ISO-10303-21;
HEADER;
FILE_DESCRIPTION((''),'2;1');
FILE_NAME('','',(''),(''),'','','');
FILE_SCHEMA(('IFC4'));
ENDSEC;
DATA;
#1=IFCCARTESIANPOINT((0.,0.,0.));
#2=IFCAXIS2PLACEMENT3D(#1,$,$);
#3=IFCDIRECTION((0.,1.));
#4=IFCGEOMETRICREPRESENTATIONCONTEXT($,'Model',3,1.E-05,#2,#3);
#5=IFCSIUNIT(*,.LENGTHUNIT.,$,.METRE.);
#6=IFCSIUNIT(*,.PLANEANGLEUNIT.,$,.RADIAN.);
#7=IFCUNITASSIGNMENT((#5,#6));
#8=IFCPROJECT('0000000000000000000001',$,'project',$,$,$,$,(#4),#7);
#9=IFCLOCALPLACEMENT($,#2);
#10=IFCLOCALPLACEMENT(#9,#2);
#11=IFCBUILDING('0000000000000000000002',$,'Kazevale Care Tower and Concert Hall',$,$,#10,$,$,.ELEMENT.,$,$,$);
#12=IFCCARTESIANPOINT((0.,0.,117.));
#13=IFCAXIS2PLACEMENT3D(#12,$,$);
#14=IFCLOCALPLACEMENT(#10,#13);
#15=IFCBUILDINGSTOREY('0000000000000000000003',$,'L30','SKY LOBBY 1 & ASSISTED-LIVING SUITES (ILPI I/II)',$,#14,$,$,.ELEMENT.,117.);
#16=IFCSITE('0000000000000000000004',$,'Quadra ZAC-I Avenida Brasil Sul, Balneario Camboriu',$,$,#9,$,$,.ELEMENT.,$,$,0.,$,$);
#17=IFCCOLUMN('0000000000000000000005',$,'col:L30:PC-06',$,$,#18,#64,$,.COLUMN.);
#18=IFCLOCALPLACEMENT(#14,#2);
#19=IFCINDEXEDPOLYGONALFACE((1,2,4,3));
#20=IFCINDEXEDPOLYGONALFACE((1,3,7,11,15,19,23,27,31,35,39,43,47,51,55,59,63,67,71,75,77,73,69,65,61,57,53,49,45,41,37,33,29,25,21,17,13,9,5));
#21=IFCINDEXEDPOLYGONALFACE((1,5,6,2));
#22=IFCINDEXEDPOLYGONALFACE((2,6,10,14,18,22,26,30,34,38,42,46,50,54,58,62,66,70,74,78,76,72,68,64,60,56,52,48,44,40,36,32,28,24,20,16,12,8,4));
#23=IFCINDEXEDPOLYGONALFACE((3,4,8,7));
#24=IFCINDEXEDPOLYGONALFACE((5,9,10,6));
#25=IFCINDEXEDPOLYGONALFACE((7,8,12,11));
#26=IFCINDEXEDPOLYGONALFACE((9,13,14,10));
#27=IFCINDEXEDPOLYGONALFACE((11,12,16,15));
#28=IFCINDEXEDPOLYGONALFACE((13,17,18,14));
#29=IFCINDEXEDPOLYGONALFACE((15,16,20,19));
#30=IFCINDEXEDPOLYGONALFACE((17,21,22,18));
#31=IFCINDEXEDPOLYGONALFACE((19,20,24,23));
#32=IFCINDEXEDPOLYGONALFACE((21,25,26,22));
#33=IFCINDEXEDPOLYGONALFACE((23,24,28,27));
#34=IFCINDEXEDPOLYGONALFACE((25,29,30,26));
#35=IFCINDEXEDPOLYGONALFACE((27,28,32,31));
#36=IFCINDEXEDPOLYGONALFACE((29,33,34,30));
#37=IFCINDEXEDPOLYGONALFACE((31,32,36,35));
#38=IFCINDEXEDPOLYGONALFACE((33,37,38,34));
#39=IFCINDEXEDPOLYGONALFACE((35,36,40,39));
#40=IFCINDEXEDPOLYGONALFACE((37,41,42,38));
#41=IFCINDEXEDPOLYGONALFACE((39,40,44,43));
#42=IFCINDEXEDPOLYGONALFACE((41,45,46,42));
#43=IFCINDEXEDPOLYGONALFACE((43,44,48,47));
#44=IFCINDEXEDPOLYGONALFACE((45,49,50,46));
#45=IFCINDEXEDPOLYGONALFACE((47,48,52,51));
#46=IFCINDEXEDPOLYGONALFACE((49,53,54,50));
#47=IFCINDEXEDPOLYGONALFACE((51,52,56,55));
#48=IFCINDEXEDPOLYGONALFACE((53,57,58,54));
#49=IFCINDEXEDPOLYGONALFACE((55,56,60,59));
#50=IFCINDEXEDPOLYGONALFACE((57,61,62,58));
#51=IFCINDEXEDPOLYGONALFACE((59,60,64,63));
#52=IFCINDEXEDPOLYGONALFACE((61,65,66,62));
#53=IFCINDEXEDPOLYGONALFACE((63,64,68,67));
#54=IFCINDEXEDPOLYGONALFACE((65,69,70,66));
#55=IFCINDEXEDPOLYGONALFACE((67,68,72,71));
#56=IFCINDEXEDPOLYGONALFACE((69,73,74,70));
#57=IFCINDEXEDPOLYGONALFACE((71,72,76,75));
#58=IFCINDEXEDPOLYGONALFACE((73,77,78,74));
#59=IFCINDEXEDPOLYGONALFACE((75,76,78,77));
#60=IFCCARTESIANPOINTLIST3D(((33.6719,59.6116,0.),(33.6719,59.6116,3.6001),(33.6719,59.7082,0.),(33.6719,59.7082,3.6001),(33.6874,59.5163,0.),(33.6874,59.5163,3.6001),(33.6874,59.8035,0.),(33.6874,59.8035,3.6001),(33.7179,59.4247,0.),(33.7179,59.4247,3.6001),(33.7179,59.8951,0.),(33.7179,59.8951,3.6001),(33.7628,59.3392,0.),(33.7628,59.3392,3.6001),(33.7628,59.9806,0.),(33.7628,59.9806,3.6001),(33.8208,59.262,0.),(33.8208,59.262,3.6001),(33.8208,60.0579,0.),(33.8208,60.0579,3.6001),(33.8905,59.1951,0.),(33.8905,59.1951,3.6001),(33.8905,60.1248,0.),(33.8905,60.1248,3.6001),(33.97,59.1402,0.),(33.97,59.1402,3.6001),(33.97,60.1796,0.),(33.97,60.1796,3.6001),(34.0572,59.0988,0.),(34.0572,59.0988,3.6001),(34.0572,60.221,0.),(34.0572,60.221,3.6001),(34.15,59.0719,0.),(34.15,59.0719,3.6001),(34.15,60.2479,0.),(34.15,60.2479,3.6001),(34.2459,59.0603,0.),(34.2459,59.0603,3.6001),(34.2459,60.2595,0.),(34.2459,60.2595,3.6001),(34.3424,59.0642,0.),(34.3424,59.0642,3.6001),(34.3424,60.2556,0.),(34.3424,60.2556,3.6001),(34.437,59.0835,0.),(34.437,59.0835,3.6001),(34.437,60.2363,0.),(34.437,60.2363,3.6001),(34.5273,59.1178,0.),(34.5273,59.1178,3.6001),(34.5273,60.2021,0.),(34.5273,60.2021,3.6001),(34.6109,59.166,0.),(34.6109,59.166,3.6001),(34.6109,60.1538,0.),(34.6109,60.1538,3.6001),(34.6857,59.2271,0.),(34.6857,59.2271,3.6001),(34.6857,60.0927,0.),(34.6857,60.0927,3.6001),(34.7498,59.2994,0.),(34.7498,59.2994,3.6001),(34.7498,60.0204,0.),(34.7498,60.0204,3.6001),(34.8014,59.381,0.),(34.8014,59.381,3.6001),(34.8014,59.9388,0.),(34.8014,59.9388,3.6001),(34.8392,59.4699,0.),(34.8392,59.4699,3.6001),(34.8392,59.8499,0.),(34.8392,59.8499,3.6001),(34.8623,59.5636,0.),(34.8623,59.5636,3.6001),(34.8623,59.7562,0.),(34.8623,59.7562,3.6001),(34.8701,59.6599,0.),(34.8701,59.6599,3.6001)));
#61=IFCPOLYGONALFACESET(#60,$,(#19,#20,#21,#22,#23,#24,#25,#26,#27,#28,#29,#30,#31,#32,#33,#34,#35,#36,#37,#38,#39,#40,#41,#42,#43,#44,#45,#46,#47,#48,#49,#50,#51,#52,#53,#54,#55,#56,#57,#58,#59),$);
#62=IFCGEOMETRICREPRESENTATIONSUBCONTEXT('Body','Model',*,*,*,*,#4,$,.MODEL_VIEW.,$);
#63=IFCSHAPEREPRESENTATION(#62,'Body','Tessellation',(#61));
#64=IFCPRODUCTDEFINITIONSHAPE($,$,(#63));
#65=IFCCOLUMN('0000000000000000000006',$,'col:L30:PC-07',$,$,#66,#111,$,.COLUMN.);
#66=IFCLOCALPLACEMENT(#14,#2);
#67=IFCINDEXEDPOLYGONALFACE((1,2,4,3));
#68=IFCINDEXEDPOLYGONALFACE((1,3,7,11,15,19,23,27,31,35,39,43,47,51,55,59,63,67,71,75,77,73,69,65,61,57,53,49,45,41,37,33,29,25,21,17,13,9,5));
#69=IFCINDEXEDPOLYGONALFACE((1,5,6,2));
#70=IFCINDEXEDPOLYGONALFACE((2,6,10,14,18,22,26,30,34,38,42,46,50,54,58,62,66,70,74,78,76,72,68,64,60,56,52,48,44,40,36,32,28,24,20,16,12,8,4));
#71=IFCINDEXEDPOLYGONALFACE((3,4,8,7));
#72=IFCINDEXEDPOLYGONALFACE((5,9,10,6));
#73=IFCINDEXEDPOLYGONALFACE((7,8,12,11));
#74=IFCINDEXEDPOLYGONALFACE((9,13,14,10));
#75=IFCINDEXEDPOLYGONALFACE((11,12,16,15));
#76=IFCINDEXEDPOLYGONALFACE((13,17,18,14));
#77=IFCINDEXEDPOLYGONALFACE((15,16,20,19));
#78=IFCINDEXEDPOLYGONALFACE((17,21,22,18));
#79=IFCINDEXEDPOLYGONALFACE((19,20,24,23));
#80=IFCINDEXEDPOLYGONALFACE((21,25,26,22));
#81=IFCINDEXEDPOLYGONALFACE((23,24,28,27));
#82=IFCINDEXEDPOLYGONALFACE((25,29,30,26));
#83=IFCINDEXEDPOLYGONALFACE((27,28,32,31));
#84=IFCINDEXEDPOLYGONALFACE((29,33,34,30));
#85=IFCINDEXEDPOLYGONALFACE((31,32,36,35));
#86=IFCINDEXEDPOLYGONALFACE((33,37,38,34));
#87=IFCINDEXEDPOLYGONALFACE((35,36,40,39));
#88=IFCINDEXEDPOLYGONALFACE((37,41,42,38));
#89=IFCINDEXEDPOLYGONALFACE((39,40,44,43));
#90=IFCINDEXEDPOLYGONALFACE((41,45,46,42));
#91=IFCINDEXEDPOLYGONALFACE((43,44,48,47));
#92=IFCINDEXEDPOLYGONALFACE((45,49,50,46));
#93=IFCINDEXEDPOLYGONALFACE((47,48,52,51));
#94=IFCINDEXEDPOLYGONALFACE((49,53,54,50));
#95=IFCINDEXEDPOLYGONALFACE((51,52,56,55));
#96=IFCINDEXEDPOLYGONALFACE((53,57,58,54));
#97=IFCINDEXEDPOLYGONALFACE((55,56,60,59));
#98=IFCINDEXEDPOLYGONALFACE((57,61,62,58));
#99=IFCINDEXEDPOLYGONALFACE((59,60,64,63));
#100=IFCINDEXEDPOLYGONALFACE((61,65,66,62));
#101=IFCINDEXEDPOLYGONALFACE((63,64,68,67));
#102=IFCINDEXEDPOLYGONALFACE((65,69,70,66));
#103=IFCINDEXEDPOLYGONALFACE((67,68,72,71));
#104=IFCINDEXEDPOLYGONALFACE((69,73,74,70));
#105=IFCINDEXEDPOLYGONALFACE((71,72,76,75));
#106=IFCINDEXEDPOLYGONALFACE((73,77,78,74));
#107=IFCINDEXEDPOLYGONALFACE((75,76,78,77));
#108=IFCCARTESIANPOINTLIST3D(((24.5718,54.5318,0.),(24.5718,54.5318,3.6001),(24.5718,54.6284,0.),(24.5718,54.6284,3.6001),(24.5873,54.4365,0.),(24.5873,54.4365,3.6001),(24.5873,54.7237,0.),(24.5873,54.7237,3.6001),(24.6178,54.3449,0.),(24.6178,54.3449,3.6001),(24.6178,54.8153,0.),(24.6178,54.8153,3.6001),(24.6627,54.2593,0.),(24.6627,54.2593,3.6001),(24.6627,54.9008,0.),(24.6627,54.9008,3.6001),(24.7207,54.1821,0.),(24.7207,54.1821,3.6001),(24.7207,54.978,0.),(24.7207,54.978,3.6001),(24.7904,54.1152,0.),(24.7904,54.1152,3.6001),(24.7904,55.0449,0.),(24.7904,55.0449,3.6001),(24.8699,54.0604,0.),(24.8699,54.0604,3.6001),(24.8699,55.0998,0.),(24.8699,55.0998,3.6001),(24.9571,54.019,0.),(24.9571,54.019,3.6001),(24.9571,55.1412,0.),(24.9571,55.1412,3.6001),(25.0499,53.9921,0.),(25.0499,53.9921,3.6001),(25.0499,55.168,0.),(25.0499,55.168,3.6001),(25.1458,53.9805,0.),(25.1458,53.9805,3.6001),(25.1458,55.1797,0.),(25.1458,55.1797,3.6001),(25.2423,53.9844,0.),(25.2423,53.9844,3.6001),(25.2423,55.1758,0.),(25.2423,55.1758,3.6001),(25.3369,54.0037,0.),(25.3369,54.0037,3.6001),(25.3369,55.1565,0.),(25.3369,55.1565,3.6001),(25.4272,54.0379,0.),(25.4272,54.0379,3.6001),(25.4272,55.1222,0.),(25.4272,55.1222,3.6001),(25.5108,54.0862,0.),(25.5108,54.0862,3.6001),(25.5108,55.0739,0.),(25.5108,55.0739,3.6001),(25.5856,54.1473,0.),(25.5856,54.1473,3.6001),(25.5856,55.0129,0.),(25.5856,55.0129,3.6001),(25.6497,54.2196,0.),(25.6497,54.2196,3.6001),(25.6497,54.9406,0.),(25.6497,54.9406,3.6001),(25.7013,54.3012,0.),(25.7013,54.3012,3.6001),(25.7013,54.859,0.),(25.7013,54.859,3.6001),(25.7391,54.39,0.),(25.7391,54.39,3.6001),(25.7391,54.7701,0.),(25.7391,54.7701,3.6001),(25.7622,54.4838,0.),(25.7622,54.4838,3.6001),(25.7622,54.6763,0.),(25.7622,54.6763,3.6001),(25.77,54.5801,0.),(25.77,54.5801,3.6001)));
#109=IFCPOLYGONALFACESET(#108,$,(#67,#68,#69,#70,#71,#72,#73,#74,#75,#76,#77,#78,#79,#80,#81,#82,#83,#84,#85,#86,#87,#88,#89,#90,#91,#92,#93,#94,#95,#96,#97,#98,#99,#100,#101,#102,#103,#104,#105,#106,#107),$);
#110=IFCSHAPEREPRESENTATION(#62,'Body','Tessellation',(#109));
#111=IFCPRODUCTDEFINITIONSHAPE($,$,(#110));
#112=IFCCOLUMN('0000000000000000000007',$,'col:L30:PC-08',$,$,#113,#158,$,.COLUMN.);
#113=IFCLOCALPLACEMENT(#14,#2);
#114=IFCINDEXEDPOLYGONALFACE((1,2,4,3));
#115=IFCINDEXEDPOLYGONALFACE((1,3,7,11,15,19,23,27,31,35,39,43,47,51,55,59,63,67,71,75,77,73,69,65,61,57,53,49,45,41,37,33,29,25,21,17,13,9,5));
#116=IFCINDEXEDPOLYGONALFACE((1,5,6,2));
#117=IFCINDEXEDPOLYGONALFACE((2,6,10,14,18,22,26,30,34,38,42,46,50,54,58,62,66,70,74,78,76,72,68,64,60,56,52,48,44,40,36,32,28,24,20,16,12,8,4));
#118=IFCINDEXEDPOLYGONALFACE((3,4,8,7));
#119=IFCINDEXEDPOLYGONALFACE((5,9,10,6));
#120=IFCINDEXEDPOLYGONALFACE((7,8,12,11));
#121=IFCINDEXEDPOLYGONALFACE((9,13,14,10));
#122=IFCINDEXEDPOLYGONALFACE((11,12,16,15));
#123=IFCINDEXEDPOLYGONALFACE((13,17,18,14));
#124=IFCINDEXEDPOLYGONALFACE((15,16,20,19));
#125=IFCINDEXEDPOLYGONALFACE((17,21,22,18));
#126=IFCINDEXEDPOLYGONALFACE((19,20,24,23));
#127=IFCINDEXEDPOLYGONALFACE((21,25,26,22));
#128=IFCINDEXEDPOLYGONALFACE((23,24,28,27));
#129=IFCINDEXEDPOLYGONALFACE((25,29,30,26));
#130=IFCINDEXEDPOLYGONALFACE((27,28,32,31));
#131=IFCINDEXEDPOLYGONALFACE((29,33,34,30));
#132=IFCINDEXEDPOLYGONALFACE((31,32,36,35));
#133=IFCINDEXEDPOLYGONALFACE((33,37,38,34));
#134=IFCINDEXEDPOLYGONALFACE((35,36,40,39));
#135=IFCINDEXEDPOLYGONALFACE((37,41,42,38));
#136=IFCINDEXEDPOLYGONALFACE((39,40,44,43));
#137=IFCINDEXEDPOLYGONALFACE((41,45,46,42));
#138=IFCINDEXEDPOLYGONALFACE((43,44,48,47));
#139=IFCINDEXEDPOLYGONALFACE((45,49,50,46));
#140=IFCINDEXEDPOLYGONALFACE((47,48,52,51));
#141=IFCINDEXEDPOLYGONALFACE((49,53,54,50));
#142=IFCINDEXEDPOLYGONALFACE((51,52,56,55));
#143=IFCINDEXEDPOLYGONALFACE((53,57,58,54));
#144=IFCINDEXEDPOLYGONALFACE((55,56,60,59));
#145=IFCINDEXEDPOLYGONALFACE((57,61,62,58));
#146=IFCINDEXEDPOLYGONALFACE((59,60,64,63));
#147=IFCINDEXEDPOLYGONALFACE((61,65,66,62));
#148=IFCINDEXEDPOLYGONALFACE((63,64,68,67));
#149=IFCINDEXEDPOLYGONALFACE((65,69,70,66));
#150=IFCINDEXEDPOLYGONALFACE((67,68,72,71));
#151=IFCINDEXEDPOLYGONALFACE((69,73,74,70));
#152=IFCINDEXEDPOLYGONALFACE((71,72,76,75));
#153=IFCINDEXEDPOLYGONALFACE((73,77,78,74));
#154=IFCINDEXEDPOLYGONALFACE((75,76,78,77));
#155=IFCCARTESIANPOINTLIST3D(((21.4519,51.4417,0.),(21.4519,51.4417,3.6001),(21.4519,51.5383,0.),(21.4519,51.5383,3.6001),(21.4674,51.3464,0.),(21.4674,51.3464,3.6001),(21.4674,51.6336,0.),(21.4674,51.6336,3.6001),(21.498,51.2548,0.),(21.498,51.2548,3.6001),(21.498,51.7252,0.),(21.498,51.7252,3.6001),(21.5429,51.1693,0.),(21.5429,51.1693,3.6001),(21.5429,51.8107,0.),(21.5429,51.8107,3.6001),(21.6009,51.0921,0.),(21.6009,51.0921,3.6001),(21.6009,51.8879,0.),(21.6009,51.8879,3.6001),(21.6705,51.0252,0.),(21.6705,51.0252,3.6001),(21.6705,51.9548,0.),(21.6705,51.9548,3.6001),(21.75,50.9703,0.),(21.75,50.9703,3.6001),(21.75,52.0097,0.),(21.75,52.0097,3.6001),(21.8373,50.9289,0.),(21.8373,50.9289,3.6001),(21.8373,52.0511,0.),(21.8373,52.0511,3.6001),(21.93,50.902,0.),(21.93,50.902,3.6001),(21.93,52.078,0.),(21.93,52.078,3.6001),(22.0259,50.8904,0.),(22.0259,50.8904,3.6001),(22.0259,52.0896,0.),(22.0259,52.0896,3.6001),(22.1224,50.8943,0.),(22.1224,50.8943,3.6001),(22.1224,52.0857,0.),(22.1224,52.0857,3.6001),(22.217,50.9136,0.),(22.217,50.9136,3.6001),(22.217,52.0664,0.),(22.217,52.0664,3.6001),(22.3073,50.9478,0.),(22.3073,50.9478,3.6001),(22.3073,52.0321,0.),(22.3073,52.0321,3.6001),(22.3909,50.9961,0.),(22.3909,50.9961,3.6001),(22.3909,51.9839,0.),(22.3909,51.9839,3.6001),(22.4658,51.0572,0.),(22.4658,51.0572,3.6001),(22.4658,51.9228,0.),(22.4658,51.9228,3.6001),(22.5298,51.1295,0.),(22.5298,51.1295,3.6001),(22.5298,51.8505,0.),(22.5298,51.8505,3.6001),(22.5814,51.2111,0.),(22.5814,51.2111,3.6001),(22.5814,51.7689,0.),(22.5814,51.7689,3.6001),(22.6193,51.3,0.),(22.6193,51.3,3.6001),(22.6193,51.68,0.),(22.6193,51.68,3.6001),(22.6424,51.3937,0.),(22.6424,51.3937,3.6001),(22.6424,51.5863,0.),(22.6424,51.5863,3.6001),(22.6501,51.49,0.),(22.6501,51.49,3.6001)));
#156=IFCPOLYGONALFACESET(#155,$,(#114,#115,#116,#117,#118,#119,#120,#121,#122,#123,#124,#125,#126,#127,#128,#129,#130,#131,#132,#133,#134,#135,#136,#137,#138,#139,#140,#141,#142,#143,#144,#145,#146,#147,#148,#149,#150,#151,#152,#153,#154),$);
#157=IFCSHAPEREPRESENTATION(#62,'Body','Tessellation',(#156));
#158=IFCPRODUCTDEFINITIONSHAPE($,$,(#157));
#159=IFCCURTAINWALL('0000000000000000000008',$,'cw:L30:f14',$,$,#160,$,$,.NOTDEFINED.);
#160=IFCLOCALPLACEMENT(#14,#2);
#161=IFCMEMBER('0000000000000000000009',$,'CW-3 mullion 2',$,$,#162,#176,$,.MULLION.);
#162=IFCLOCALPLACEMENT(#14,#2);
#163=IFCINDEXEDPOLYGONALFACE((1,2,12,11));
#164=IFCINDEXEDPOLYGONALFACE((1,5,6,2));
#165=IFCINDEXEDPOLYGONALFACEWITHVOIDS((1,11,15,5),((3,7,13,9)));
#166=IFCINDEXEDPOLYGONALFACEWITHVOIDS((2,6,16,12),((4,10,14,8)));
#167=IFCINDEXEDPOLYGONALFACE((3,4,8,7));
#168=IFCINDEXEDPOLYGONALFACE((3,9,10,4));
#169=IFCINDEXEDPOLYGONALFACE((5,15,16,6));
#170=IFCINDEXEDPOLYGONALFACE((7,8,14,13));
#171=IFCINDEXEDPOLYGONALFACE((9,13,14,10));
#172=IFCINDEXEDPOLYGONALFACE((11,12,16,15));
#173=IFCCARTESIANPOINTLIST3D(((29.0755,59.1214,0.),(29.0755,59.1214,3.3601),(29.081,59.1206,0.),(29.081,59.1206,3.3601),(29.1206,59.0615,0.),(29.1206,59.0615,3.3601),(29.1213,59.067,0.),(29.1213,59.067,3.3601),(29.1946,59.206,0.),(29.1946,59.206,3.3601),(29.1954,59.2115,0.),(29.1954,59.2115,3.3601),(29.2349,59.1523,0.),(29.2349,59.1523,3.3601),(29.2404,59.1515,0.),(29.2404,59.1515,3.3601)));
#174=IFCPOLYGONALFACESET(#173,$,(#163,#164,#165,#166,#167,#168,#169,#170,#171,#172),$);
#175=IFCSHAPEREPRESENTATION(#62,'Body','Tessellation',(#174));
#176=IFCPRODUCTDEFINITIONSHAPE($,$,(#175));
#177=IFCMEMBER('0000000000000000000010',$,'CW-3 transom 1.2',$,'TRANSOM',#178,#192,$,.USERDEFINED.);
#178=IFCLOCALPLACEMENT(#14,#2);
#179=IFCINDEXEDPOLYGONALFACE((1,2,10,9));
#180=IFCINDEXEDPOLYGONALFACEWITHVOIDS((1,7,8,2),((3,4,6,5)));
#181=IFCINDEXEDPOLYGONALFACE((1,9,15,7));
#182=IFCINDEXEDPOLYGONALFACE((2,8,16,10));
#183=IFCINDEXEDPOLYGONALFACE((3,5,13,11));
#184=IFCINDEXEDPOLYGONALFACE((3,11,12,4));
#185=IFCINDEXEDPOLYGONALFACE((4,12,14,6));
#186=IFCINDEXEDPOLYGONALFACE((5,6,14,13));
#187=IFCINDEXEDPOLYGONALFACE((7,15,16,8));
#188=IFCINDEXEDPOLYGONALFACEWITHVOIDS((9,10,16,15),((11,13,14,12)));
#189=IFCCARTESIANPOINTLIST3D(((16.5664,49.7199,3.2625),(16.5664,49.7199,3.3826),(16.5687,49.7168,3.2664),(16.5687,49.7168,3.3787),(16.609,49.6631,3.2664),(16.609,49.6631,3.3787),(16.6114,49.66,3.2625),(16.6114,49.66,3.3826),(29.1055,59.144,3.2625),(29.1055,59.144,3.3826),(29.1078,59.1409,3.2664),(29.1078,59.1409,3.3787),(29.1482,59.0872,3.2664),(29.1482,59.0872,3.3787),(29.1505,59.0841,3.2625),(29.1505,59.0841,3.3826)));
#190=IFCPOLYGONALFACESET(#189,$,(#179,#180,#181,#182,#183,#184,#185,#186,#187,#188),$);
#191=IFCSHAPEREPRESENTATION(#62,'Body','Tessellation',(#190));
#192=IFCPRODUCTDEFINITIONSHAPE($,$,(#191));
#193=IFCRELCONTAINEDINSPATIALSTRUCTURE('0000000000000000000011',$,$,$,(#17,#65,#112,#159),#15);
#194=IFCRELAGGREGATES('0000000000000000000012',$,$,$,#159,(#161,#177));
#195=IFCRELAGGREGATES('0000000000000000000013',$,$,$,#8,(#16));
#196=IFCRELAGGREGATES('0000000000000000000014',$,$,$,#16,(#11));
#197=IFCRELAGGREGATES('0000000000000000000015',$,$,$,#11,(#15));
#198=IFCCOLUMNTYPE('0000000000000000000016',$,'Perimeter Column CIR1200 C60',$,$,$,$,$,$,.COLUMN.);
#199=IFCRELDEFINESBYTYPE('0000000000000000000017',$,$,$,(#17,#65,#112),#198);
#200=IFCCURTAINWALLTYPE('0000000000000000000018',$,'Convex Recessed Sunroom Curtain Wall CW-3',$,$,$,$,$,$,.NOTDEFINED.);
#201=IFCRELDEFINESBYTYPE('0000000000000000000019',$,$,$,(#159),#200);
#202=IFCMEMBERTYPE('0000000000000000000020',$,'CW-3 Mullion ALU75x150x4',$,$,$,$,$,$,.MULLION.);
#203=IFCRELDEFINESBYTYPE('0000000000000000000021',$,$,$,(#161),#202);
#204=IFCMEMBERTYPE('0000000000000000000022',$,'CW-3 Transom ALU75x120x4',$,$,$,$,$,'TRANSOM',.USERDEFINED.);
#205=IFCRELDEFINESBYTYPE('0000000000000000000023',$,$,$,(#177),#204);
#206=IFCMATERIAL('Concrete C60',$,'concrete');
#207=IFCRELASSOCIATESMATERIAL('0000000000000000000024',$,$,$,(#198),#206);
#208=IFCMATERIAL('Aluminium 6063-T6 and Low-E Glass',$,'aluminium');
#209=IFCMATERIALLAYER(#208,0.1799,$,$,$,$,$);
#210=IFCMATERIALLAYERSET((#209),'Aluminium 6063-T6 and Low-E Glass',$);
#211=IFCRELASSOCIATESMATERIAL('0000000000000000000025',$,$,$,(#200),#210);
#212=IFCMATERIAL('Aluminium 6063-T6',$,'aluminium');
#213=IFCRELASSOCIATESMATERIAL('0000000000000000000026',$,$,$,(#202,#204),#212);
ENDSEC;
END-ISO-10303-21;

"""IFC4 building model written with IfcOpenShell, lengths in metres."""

from ifc_helpers import new_model, si_unit, direction, frame, origin, origin_2d, place, context, subcontext, project, spatial, hollow_rectangle, circle, extrude, material, layer, layer_set, material_profile, profile_set, type_object, element, aggregate, save


model = new_model("IFC4")

# Units and contexts
model_context = context("Model", 3, precision=1e-05, world=origin(), true_north=direction((0.0, 1.0)))
body_context = subcontext(model_context, "Body", "Model", "MODEL_VIEW")
ifc_project = project(units=[si_unit("LENGTHUNIT", "METRE"), si_unit("PLANEANGLEUNIT", "RADIAN")], contexts=[model_context])

# Site, building, storey
site_placement = place(None, origin())
site = spatial("IfcSite", under=ifc_project, at=site_placement, Name="Quadra ZAC-I Avenida Brasil Sul, Balneario Camboriu", CompositionType="ELEMENT", RefElevation=0.0)
building_placement = place(site_placement, origin())
building = spatial("IfcBuilding", under=site, at=building_placement, Name="Kazevale Care Tower and Concert Hall", CompositionType="ELEMENT")
storey_placement = place(building_placement, frame((0.0, 0.0, 117.0)))
storey = spatial("IfcBuildingStorey", under=building, at=storey_placement, Name="L30", Description="SKY LOBBY 1 & ASSISTED-LIVING SUITES (ILPI I/II)", CompositionType="ELEMENT", Elevation=117.0)

# Columns
ifc_material_1 = material(Name="Concrete C60", Category="concrete")
ifc_material_profile_1 = material_profile(ifc_material_1, circle(Radius=0.6001, at=origin_2d()), Name="RC-CIR1200")
ifc_profile_set_1 = profile_set([ifc_material_profile_1], Name="Concrete C60")
column_type = type_object("IfcColumnType", Name="Perimeter Column CIR1200 C60", PredefinedType="COLUMN", material=ifc_profile_set_1)
for number, where, z_axis, x_axis, name in (
    (1, (34.27, 59.6599, 0.0), (0.0, 0.0, 1.0), (1.0, 0.0, 0.0), "col:L30:PC-06"),
    (2, (25.1699, 54.5801, 0.0), (0.0, 0.0, 1.0), (1.0, 0.0, 0.0), "col:L30:PC-07"),
    (3, (22.05, 51.49, 0.0), (0.0, 0.0, 1.0), (1.0, 0.0, 0.0), "col:L30:PC-08"),
):
    element("IfcColumn", number, at=place(storey_placement, frame(where, z_axis=z_axis, x_axis=x_axis)), inside=storey, type_object=column_type, Name=name, PredefinedType="COLUMN", context=body_context, shape_type="SweptSolid", body=[
        extrude(circle(Radius=0.6001, at=origin_2d()), origin(), (0.0, 0.0, 1.0), 3.6001),
    ])

# Curtain wall, members
ifc_material_2 = material(Name="Aluminium 6063-T6 and Low-E Glass", Category="aluminium")
ifc_layer_1 = layer(ifc_material_2, 0.1799)
ifc_layer_set_1 = layer_set([ifc_layer_1], Name="Aluminium 6063-T6 and Low-E Glass")
curtain_wall_type = type_object("IfcCurtainWallType", Name="Convex Recessed Sunroom Curtain Wall CW-3", PredefinedType="NOTDEFINED", material=ifc_layer_set_1)
curtain_wall_placement = place(storey_placement, origin())
curtain_wall = element("IfcCurtainWall", 4, at=curtain_wall_placement, inside=storey, type_object=curtain_wall_type, Name="cw:L30:f14", PredefinedType="NOTDEFINED")
ifc_material_3 = material(Name="Aluminium 6063-T6", Category="aluminium")
ifc_material_profile_2 = material_profile(ifc_material_3, hollow_rectangle(XDim=0.075, YDim=0.1499, WallThickness=0.0039, at=origin_2d()), Name="ALU75x150x4")
ifc_profile_set_2 = profile_set([ifc_material_profile_2], Name="Aluminium 6063-T6")
member_type_1 = type_object("IfcMemberType", Name="CW-3 Mullion ALU75x150x4", PredefinedType="MULLION", material=ifc_profile_set_2)
member_1_placement = place(storey_placement, frame((29.158, 59.1365, 0.0), z_axis=(0.0, 0.0, 1.0), x_axis=(-0.600798, 0.799401, 0.0)))
member_1 = element("IfcMember", 5, at=member_1_placement, type_object=member_type_1, Name="CW-3 mullion 2", PredefinedType="MULLION", context=body_context, shape_type="SweptSolid", body=[
    extrude(hollow_rectangle(XDim=0.075, YDim=0.1499, WallThickness=0.0039, at=origin_2d()), origin(), (0.0, 0.0, 1.0), 3.3601),
])
ifc_material_profile_3 = material_profile(ifc_material_3, hollow_rectangle(XDim=0.075, YDim=0.1201, WallThickness=0.0039, at=origin_2d()), Name="ALU75x120x4")
ifc_profile_set_3 = profile_set([ifc_material_profile_3], Name="Aluminium 6063-T6")
member_type_2 = type_object("IfcMemberType", Name="CW-3 Transom ALU75x120x4", ElementType="TRANSOM", PredefinedType="USERDEFINED", material=ifc_profile_set_3)
member_2_placement = place(storey_placement, frame((16.5889, 49.6899, 3.3225), z_axis=(0.799394, 0.600807, 0.0), x_axis=(-0.600807, 0.799394, 0.0)))
member_2 = element("IfcMember", 6, at=member_2_placement, type_object=member_type_2, Name="CW-3 transom 1.2", ObjectType="TRANSOM", PredefinedType="USERDEFINED", context=body_context, shape_type="SweptSolid", body=[
    extrude(hollow_rectangle(XDim=0.075, YDim=0.1201, WallThickness=0.0039, at=origin_2d()), origin(), (0.0, 0.0, 1.0), 15.6858),
])

aggregate(curtain_wall, [member_1, member_2])

save(model, "model.ifc")
